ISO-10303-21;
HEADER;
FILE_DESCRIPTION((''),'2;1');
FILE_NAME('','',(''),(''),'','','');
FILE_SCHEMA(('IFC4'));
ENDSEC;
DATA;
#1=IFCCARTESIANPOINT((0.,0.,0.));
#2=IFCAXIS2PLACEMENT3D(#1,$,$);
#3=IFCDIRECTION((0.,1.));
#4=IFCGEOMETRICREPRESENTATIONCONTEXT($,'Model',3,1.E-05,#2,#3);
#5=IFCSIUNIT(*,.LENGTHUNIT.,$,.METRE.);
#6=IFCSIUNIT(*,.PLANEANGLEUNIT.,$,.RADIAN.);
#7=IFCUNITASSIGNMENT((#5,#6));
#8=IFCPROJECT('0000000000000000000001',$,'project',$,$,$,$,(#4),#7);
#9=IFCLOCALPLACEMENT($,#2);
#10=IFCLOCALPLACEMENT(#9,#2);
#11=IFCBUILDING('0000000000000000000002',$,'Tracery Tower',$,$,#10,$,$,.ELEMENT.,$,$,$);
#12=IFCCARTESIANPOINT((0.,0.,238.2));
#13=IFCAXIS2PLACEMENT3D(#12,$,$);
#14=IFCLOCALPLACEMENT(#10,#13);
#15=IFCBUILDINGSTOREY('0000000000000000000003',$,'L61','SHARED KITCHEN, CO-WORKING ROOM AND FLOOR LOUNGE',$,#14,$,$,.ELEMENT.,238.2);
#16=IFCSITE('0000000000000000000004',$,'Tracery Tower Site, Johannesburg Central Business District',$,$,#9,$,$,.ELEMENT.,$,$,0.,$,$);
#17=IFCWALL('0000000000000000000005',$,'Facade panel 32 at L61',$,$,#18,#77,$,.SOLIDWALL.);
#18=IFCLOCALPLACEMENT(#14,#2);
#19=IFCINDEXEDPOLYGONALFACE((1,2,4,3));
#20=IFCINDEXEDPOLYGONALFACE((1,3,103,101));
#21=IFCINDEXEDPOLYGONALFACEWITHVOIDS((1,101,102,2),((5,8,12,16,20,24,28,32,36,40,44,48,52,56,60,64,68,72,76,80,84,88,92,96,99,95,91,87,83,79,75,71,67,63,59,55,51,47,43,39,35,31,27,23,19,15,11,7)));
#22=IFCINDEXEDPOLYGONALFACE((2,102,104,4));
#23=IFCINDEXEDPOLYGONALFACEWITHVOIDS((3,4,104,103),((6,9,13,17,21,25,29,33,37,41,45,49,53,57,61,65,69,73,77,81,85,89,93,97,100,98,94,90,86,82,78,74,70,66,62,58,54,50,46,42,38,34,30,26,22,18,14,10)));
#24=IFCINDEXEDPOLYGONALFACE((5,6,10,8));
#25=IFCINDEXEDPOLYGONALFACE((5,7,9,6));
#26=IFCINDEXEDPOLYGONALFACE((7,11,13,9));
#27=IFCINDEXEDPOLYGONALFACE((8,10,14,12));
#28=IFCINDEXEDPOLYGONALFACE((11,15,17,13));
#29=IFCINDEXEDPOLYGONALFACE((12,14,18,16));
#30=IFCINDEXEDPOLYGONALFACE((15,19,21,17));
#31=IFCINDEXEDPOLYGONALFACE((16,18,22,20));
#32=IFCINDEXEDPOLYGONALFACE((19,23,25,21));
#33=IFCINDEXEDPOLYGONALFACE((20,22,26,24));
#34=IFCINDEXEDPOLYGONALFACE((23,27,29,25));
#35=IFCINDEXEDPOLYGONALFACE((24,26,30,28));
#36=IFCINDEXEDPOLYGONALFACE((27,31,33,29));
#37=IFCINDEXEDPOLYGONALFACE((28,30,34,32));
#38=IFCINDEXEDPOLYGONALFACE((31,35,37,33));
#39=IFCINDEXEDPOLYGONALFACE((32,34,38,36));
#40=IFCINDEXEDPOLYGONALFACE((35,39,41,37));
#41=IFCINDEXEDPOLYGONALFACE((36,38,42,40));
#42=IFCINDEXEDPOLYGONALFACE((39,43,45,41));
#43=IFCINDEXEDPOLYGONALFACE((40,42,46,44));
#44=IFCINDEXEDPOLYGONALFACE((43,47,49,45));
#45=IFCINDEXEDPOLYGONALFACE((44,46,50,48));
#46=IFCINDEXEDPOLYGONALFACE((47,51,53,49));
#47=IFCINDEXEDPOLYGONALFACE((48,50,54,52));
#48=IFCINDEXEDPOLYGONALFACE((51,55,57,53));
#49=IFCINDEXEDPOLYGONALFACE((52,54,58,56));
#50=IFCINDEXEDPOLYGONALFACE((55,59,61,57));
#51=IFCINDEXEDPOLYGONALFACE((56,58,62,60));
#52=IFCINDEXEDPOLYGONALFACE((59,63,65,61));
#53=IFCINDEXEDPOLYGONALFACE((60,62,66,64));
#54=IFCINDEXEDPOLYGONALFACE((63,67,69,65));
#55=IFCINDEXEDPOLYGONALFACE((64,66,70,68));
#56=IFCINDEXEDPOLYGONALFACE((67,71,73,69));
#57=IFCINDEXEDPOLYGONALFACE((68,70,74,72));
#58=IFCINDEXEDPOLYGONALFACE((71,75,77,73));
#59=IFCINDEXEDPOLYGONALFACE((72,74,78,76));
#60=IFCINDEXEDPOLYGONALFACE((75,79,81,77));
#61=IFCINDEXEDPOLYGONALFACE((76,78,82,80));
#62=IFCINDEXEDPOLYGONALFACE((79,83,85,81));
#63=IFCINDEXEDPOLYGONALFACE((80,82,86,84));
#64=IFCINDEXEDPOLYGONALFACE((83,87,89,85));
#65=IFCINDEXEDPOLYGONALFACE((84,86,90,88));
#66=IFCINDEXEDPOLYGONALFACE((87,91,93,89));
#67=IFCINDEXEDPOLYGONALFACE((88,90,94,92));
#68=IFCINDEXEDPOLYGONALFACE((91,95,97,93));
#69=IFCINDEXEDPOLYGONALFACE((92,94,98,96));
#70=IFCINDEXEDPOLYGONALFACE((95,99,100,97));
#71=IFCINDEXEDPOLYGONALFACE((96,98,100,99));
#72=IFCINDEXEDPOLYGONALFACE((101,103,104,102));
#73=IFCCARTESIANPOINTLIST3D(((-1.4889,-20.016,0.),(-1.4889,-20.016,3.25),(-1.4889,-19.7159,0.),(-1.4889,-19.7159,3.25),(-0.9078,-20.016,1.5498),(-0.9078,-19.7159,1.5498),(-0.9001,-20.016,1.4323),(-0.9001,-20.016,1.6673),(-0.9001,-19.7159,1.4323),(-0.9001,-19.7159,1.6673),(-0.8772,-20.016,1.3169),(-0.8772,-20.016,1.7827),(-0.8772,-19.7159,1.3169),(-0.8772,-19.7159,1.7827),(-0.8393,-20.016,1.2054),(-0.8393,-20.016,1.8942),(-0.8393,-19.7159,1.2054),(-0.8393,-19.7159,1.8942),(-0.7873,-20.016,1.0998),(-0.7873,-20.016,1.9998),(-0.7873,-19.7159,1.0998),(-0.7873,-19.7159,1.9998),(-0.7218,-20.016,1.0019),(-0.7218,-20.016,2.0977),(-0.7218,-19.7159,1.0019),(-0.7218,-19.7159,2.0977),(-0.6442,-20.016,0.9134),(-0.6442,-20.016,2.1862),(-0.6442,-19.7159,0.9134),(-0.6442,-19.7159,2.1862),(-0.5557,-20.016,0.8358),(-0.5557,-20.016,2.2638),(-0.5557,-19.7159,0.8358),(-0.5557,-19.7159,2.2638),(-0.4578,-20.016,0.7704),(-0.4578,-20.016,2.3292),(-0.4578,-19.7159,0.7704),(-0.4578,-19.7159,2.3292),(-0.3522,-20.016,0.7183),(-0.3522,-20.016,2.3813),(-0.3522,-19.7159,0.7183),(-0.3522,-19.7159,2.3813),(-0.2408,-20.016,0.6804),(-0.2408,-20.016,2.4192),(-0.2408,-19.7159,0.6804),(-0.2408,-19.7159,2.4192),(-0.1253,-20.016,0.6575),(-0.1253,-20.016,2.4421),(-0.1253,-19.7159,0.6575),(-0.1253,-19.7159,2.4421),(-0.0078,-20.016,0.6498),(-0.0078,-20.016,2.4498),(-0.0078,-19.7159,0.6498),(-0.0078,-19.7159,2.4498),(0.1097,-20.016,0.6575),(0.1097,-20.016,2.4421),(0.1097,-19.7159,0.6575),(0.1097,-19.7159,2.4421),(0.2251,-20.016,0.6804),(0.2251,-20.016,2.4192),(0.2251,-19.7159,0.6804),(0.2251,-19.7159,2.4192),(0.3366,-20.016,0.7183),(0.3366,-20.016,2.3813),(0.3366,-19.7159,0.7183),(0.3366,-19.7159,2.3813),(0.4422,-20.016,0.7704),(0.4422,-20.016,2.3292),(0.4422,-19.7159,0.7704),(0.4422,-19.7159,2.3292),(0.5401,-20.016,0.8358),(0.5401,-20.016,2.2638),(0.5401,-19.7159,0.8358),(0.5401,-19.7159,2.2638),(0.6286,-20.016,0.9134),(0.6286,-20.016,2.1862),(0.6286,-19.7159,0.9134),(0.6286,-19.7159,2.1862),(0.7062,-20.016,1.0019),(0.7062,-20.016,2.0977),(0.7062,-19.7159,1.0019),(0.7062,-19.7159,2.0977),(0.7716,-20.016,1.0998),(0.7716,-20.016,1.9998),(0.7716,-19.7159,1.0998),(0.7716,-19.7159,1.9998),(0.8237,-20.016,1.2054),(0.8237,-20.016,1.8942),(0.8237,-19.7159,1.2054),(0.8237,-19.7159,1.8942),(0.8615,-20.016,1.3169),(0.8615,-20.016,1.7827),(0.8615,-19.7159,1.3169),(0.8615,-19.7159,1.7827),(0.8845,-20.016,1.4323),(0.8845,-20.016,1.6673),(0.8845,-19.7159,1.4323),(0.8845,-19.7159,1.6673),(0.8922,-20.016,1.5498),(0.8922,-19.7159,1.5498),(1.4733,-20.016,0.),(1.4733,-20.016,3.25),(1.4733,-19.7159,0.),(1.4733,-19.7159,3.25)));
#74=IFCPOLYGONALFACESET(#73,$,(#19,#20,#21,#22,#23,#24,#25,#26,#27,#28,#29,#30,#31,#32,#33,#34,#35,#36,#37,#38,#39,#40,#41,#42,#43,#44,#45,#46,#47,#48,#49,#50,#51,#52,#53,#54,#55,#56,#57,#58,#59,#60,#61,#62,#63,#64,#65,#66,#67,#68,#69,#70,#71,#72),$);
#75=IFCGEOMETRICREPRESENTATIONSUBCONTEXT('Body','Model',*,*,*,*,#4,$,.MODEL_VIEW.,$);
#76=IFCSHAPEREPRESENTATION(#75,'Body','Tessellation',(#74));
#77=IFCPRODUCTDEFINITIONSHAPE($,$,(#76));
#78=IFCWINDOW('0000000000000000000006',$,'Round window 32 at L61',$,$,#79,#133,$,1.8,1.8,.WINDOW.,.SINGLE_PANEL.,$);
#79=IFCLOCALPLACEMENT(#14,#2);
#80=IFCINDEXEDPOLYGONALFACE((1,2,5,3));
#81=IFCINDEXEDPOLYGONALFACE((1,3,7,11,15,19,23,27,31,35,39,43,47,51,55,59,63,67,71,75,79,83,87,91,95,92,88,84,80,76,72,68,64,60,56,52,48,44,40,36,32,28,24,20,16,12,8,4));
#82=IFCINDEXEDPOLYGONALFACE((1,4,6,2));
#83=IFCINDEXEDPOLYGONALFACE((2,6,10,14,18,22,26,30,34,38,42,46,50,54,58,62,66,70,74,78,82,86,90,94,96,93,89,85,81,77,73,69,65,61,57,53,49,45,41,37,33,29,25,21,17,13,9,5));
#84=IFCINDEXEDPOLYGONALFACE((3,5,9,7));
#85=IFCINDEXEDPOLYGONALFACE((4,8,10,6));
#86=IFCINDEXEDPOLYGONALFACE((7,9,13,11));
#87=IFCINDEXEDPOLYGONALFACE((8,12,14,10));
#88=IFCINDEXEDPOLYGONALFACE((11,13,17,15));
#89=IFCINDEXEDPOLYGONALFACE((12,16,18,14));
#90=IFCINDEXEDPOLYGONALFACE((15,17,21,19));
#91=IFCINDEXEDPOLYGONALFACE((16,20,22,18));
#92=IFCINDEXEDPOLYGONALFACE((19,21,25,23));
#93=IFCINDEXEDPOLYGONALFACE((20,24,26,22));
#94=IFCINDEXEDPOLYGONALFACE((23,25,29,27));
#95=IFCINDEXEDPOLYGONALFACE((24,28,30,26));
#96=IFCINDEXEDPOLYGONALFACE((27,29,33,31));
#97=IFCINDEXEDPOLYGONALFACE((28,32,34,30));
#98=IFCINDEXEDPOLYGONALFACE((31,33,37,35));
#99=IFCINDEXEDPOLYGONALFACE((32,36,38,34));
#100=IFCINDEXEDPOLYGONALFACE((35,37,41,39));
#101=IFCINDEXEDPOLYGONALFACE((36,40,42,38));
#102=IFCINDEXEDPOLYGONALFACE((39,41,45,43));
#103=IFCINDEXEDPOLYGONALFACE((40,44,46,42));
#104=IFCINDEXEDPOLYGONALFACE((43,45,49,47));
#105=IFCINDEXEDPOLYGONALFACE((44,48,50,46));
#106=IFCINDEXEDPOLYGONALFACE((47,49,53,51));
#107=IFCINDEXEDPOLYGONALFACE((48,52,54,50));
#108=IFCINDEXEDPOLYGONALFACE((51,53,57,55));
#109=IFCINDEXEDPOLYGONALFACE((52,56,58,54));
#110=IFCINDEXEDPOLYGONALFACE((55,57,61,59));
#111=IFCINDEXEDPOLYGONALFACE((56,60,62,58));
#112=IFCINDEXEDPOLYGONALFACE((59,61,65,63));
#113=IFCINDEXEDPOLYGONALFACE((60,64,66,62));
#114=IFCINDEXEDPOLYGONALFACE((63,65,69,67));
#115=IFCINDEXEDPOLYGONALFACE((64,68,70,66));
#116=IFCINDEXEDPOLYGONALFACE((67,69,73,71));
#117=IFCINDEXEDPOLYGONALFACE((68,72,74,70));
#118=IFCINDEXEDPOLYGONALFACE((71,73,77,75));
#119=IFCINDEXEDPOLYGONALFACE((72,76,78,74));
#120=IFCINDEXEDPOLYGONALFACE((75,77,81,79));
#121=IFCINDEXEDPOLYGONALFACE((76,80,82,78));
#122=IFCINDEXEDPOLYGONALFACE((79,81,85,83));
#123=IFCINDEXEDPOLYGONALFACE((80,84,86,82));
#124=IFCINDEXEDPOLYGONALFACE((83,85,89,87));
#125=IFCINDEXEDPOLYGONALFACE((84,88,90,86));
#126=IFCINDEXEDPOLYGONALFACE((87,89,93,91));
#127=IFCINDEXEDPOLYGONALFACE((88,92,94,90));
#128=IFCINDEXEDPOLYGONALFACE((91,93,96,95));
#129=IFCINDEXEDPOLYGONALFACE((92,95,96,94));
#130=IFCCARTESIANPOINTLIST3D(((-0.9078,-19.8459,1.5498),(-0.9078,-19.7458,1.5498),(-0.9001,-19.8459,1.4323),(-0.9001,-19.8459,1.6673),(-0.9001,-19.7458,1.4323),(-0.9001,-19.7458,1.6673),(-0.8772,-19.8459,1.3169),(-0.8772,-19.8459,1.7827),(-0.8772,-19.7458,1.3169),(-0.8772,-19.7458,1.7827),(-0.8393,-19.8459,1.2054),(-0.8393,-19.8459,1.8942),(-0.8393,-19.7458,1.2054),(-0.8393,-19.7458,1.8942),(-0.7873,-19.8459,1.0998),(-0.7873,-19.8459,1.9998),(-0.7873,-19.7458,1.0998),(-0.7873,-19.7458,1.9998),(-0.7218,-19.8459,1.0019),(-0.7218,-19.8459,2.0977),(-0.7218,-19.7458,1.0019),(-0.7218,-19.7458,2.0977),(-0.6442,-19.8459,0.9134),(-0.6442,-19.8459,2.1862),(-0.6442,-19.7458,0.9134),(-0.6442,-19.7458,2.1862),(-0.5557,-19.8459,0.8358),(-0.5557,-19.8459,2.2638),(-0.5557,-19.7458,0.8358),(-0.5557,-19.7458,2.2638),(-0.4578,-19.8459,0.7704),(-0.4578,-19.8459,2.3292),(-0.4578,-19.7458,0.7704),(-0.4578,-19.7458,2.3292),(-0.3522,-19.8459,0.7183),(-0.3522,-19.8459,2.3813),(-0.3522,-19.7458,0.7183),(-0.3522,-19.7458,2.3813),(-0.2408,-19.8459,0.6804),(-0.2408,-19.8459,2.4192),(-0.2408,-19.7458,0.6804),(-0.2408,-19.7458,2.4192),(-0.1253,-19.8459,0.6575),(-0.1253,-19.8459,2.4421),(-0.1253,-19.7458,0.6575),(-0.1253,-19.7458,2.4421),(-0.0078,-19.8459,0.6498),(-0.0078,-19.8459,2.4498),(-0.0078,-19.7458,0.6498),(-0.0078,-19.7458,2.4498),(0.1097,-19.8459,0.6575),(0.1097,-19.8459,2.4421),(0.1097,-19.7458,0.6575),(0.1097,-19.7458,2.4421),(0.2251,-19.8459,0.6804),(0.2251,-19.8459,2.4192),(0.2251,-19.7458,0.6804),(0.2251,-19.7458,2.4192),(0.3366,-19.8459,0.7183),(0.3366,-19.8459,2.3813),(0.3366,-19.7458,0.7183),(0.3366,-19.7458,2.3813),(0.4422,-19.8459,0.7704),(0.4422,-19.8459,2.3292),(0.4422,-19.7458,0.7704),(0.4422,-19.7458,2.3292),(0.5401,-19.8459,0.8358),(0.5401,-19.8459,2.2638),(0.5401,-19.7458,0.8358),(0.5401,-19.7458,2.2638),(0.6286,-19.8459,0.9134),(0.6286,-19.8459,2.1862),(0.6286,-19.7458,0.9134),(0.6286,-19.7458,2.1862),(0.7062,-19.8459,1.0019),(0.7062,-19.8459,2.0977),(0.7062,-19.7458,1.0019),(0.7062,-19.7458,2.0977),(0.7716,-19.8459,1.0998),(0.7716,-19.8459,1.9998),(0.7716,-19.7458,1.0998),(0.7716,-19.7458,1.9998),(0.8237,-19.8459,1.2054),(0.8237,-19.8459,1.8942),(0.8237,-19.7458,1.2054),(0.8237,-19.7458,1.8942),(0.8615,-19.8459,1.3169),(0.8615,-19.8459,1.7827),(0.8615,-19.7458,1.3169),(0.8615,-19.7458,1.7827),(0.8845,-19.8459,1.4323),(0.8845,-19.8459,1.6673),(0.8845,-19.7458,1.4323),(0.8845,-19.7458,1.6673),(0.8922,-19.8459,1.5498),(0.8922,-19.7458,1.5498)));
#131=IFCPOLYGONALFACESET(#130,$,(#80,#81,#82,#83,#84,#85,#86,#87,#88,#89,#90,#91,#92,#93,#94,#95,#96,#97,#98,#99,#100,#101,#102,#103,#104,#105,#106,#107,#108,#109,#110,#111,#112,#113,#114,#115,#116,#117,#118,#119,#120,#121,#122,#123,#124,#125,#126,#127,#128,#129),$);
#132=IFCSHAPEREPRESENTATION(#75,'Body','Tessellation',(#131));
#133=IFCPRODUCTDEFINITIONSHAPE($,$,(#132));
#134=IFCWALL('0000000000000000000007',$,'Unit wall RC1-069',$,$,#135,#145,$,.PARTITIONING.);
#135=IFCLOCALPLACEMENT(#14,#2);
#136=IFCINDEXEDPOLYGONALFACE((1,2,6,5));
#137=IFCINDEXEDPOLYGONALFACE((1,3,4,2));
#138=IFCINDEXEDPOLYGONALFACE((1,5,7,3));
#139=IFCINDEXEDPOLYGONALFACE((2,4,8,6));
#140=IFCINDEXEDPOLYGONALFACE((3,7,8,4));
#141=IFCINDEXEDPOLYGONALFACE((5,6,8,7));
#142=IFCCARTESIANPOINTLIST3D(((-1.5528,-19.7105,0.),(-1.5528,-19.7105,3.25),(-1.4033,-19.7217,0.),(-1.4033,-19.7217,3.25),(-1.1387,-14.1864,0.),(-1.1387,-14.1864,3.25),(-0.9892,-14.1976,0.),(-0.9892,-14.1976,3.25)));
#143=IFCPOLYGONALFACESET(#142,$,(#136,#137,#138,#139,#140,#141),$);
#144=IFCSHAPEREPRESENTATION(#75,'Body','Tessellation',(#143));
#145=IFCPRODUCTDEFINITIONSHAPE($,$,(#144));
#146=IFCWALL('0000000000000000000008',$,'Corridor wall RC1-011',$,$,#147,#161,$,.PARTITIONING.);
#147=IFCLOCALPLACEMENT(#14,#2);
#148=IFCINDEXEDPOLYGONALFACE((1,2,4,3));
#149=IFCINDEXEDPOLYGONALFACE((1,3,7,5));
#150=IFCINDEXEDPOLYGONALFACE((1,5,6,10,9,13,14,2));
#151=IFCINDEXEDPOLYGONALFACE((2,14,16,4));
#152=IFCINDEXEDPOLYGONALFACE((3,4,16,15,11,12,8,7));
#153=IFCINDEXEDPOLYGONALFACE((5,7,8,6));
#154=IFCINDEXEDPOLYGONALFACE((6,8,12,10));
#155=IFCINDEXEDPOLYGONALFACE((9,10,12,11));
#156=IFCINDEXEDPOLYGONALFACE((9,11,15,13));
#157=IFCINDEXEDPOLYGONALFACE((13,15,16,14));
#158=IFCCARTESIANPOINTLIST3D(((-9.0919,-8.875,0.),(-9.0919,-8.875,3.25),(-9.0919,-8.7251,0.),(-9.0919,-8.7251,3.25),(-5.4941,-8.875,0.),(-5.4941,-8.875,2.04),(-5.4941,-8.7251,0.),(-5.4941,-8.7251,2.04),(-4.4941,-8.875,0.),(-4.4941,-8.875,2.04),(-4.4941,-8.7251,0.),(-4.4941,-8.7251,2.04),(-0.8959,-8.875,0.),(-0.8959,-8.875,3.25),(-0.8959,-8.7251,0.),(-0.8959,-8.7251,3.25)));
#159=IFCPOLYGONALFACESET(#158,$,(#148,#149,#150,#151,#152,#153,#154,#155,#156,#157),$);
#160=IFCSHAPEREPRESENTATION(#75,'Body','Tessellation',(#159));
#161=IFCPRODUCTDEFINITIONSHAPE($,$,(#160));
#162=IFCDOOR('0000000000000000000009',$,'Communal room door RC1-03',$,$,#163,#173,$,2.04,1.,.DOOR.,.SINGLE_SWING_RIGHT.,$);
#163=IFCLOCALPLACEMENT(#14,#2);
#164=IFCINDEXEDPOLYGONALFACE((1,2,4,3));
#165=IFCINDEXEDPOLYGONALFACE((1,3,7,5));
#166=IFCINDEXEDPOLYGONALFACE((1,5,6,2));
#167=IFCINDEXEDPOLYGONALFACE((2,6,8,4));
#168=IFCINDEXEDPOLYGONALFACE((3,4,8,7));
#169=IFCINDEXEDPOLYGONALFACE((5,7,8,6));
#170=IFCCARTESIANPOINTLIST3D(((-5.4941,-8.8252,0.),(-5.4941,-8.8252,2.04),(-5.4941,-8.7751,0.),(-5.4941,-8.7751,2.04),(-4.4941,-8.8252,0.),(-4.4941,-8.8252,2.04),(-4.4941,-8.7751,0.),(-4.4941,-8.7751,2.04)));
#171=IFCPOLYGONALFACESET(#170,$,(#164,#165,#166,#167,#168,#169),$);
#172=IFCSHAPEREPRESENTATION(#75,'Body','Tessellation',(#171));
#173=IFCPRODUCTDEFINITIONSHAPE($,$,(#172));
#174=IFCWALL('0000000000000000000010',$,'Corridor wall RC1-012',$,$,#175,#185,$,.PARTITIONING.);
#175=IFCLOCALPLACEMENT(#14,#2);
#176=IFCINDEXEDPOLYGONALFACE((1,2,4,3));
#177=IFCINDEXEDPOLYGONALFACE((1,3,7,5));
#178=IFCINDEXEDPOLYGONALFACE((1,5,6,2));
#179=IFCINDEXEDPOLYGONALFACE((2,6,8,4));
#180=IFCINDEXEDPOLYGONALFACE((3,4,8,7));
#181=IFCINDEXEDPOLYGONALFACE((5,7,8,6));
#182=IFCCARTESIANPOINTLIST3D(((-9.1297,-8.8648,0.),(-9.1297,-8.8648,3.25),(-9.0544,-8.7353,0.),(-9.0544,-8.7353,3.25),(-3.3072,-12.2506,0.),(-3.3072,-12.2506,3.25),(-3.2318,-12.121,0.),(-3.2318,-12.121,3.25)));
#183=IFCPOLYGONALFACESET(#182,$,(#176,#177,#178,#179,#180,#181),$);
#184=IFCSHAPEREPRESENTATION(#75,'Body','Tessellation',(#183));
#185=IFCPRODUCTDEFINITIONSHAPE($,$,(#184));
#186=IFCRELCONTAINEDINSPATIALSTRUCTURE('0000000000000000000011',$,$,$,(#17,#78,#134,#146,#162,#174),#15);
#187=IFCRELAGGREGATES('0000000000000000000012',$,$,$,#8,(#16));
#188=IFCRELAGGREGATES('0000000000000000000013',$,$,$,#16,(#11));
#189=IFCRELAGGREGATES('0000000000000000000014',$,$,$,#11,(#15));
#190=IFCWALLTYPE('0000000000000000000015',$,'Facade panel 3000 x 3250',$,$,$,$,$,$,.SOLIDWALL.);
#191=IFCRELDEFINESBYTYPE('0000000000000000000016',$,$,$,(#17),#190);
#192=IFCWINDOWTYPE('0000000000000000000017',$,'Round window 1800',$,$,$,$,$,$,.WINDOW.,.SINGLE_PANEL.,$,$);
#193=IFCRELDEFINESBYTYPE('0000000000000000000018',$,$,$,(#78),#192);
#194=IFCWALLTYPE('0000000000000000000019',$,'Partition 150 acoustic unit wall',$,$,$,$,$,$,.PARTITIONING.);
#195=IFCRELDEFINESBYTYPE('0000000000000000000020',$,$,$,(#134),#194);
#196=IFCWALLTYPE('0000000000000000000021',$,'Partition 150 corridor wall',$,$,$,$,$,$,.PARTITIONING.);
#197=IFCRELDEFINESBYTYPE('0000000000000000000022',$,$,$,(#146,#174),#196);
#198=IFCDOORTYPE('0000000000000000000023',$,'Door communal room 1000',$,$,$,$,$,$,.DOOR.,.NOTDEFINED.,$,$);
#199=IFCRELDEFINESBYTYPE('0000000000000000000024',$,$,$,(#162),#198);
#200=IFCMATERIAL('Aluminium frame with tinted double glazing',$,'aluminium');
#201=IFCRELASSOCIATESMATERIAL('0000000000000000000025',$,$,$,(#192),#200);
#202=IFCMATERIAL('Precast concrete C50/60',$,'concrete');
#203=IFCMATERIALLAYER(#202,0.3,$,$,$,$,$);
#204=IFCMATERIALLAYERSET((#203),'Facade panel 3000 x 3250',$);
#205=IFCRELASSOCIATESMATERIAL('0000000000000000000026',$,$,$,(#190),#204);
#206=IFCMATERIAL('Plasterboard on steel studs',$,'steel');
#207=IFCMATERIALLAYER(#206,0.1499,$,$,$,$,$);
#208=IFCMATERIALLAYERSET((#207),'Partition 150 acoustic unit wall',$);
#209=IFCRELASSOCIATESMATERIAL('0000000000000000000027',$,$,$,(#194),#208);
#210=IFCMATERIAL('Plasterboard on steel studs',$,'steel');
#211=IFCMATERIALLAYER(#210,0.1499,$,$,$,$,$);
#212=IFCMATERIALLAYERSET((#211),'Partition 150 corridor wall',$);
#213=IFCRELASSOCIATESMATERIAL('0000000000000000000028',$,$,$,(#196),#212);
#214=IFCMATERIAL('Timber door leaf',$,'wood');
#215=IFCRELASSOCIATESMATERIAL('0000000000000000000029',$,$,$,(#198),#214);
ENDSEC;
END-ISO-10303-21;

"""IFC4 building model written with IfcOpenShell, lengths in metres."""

from ifc_helpers import new_model, si_unit, direction, frame, frame_2d, origin, origin_2d, place, context, subcontext, project, spatial, rectangle, circle, extrude, material, layer, layer_set, type_object, element, fill, save


model = new_model("IFC4")

# Units and contexts
model_context = context("Model", 3, precision=1e-05, world=origin(), true_north=direction((0.0, 1.0)))
body_context = subcontext(model_context, "Body", "Model", "MODEL_VIEW")
ifc_project = project(units=[si_unit("LENGTHUNIT", "METRE"), si_unit("PLANEANGLEUNIT", "RADIAN")], contexts=[model_context])

# Site, building, storey
site_placement = place(None, origin())
site = spatial("IfcSite", under=ifc_project, at=site_placement, Name="Tracery Tower Site, Johannesburg Central Business District", CompositionType="ELEMENT", RefElevation=0.0)
building_placement = place(site_placement, origin())
building = spatial("IfcBuilding", under=site, at=building_placement, Name="Tracery Tower", CompositionType="ELEMENT")
storey_placement = place(building_placement, frame((0.0, 0.0, 238.2)))
storey = spatial("IfcBuildingStorey", under=building, at=storey_placement, Name="L61", Description="SHARED KITCHEN, CO-WORKING ROOM AND FLOOR LOUNGE", CompositionType="ELEMENT", Elevation=238.2)

# Wall, opening, window
ifc_material_1 = material(Name="Aluminium frame with tinted double glazing", Category="aluminium")
window_type = type_object("IfcWindowType", Name="Round window 1800", PartitioningType="SINGLE_PANEL", PredefinedType="WINDOW", material=ifc_material_1)
ifc_material_2 = material(Name="Precast concrete C50/60", Category="concrete")
ifc_layer_1 = layer(ifc_material_2, 0.3)
ifc_layer_set_1 = layer_set([ifc_layer_1], Name="Facade panel 3000 x 3250")
wall_type_1 = type_object("IfcWallType", Name="Facade panel 3000 x 3250", PredefinedType="SOLIDWALL", material=ifc_layer_set_1)
wall_1_placement = place(storey_placement, frame((-1.4888, -19.866, 0.0), z_axis=(0.0, 0.0, 1.0), x_axis=(1.0, 0.0, 0.0)))
wall_1 = element("IfcWall", 1, at=wall_1_placement, inside=storey, type_object=wall_type_1, Name="Facade panel 32 at L61", PredefinedType="SOLIDWALL", context=body_context, shape_type="SweptSolid", body=[
    extrude(rectangle(XDim=2.9622, YDim=0.3, at=frame_2d((1.481, 0.0))), origin(), (0.0, 0.0, 1.0), 3.25),
])
opening_1_placement = place(wall_1_placement, frame((1.481, 0.0, 1.5498)))
opening_1 = element("IfcOpeningElement", 2, at=opening_1_placement, cuts=wall_1, PredefinedType="OPENING", context=body_context, shape_type="SweptSolid", body=[
    extrude(circle(Radius=0.9, at=origin_2d()), frame((0.0, 0.1599, 0.0), z_axis=(0.0, -1.0, 0.0), x_axis=(1.0, 0.0, 0.0)), (0.0, 0.0, 1.0), 0.3201),
])
window_1_placement = place(opening_1_placement, origin())
window_1 = element("IfcWindow", 3, at=window_1_placement, inside=storey, type_object=window_type, Name="Round window 32 at L61", OverallHeight=1.8, OverallWidth=1.8, PartitioningType="SINGLE_PANEL", PredefinedType="WINDOW", context=body_context, shape_type="SweptSolid", body=[
    extrude(circle(Radius=0.9, at=origin_2d()), frame((0.0, 0.1201, 0.0), z_axis=(0.0, -1.0, 0.0), x_axis=(1.0, 0.0, 0.0)), (0.0, 0.0, 1.0), 0.1001),
])
fill(opening_1, window_1)

# Wall
ifc_material_3 = material(Name="Plasterboard on steel studs", Category="steel")
ifc_layer_2 = layer(ifc_material_3, 0.1499)
ifc_layer_set_2 = layer_set([ifc_layer_2], Name="Partition 150 acoustic unit wall")
wall_type_2 = type_object("IfcWallType", Name="Partition 150 acoustic unit wall", PredefinedType="PARTITIONING", material=ifc_layer_set_2)
wall_2_placement = place(storey_placement, frame((-1.478, -19.7161, 0.0), z_axis=(0.0, 0.0, 1.0), x_axis=(0.074745, 0.997203, 0.0)))
element("IfcWall", 4, at=wall_2_placement, inside=storey, type_object=wall_type_2, Name="Unit wall RC1-069", PredefinedType="PARTITIONING", context=body_context, shape_type="SweptSolid", body=[
    extrude(rectangle(XDim=5.5396, YDim=0.1499, at=frame_2d((2.7698, 0.0))), origin(), (0.0, 0.0, 1.0), 3.25),
])

# Wall, opening, door
ifc_material_4 = material(Name="Plasterboard on steel studs", Category="steel")
ifc_layer_3 = layer(ifc_material_4, 0.1499)
ifc_layer_set_3 = layer_set([ifc_layer_3], Name="Partition 150 corridor wall")
wall_type_3 = type_object("IfcWallType", Name="Partition 150 corridor wall", PredefinedType="PARTITIONING", material=ifc_layer_set_3)
wall_3_placement = place(storey_placement, frame((-9.092, -8.8, 0.0), z_axis=(0.0, 0.0, 1.0), x_axis=(1.0, 0.0, 0.0)))
wall_3 = element("IfcWall", 5, at=wall_3_placement, inside=storey, type_object=wall_type_3, Name="Corridor wall RC1-011", PredefinedType="PARTITIONING", context=body_context, shape_type="SweptSolid", body=[
    extrude(rectangle(XDim=8.196, YDim=0.1499, at=frame_2d((4.0981, 0.0))), origin(), (0.0, 0.0, 1.0), 3.25),
])
opening_2_placement = place(wall_3_placement, frame((3.5979, 0.0, 0.0)))
opening_2 = element("IfcOpeningElement", 6, at=opening_2_placement, cuts=wall_3, PredefinedType="OPENING", context=body_context, shape_type="SweptSolid", body=[
    extrude(rectangle(XDim=1.0, YDim=2.04, at=frame_2d((0.5, 1.02))), frame((0.0, 0.075, 0.0), z_axis=(0.0, -1.0, 0.0), x_axis=(1.0, 0.0, 0.0)), (0.0, 0.0, 1.0), 0.1499),
])
ifc_material_5 = material(Name="Timber door leaf", Category="wood")
door_type_1 = type_object("IfcDoorType", Name="Door communal room 1000", OperationType="NOTDEFINED", PredefinedType="DOOR", material=ifc_material_5)
door_1_placement = place(opening_2_placement, origin())
door_1 = element("IfcDoor", 7, at=door_1_placement, inside=storey, type_object=door_type_1, Name="Communal room door RC1-03", OperationType="SINGLE_SWING_RIGHT", OverallHeight=2.04, OverallWidth=1.0, PredefinedType="DOOR", context=body_context, shape_type="SweptSolid", body=[
    extrude(rectangle(XDim=1.0, YDim=2.04, at=frame_2d((0.5, 1.02))), frame((0.0, 0.0249, 0.0), z_axis=(0.0, -1.0, 0.0), x_axis=(1.0, 0.0, 0.0)), (0.0, 0.0, 1.0), 0.05),
])
fill(opening_2, door_1)

# Wall
wall_4_placement = place(storey_placement, frame((-9.092, -8.8, 0.0), z_axis=(0.0, 0.0, 1.0), x_axis=(0.864471, -0.502683, 0.0)))
element("IfcWall", 8, at=wall_4_placement, inside=storey, type_object=wall_type_3, Name="Corridor wall RC1-012", PredefinedType="PARTITIONING", context=body_context, shape_type="SweptSolid", body=[
    extrude(rectangle(XDim=6.7354, YDim=0.1499, at=frame_2d((3.3677, 0.0))), origin(), (0.0, 0.0, 1.0), 3.25),
])

save(model, "model.ifc")
